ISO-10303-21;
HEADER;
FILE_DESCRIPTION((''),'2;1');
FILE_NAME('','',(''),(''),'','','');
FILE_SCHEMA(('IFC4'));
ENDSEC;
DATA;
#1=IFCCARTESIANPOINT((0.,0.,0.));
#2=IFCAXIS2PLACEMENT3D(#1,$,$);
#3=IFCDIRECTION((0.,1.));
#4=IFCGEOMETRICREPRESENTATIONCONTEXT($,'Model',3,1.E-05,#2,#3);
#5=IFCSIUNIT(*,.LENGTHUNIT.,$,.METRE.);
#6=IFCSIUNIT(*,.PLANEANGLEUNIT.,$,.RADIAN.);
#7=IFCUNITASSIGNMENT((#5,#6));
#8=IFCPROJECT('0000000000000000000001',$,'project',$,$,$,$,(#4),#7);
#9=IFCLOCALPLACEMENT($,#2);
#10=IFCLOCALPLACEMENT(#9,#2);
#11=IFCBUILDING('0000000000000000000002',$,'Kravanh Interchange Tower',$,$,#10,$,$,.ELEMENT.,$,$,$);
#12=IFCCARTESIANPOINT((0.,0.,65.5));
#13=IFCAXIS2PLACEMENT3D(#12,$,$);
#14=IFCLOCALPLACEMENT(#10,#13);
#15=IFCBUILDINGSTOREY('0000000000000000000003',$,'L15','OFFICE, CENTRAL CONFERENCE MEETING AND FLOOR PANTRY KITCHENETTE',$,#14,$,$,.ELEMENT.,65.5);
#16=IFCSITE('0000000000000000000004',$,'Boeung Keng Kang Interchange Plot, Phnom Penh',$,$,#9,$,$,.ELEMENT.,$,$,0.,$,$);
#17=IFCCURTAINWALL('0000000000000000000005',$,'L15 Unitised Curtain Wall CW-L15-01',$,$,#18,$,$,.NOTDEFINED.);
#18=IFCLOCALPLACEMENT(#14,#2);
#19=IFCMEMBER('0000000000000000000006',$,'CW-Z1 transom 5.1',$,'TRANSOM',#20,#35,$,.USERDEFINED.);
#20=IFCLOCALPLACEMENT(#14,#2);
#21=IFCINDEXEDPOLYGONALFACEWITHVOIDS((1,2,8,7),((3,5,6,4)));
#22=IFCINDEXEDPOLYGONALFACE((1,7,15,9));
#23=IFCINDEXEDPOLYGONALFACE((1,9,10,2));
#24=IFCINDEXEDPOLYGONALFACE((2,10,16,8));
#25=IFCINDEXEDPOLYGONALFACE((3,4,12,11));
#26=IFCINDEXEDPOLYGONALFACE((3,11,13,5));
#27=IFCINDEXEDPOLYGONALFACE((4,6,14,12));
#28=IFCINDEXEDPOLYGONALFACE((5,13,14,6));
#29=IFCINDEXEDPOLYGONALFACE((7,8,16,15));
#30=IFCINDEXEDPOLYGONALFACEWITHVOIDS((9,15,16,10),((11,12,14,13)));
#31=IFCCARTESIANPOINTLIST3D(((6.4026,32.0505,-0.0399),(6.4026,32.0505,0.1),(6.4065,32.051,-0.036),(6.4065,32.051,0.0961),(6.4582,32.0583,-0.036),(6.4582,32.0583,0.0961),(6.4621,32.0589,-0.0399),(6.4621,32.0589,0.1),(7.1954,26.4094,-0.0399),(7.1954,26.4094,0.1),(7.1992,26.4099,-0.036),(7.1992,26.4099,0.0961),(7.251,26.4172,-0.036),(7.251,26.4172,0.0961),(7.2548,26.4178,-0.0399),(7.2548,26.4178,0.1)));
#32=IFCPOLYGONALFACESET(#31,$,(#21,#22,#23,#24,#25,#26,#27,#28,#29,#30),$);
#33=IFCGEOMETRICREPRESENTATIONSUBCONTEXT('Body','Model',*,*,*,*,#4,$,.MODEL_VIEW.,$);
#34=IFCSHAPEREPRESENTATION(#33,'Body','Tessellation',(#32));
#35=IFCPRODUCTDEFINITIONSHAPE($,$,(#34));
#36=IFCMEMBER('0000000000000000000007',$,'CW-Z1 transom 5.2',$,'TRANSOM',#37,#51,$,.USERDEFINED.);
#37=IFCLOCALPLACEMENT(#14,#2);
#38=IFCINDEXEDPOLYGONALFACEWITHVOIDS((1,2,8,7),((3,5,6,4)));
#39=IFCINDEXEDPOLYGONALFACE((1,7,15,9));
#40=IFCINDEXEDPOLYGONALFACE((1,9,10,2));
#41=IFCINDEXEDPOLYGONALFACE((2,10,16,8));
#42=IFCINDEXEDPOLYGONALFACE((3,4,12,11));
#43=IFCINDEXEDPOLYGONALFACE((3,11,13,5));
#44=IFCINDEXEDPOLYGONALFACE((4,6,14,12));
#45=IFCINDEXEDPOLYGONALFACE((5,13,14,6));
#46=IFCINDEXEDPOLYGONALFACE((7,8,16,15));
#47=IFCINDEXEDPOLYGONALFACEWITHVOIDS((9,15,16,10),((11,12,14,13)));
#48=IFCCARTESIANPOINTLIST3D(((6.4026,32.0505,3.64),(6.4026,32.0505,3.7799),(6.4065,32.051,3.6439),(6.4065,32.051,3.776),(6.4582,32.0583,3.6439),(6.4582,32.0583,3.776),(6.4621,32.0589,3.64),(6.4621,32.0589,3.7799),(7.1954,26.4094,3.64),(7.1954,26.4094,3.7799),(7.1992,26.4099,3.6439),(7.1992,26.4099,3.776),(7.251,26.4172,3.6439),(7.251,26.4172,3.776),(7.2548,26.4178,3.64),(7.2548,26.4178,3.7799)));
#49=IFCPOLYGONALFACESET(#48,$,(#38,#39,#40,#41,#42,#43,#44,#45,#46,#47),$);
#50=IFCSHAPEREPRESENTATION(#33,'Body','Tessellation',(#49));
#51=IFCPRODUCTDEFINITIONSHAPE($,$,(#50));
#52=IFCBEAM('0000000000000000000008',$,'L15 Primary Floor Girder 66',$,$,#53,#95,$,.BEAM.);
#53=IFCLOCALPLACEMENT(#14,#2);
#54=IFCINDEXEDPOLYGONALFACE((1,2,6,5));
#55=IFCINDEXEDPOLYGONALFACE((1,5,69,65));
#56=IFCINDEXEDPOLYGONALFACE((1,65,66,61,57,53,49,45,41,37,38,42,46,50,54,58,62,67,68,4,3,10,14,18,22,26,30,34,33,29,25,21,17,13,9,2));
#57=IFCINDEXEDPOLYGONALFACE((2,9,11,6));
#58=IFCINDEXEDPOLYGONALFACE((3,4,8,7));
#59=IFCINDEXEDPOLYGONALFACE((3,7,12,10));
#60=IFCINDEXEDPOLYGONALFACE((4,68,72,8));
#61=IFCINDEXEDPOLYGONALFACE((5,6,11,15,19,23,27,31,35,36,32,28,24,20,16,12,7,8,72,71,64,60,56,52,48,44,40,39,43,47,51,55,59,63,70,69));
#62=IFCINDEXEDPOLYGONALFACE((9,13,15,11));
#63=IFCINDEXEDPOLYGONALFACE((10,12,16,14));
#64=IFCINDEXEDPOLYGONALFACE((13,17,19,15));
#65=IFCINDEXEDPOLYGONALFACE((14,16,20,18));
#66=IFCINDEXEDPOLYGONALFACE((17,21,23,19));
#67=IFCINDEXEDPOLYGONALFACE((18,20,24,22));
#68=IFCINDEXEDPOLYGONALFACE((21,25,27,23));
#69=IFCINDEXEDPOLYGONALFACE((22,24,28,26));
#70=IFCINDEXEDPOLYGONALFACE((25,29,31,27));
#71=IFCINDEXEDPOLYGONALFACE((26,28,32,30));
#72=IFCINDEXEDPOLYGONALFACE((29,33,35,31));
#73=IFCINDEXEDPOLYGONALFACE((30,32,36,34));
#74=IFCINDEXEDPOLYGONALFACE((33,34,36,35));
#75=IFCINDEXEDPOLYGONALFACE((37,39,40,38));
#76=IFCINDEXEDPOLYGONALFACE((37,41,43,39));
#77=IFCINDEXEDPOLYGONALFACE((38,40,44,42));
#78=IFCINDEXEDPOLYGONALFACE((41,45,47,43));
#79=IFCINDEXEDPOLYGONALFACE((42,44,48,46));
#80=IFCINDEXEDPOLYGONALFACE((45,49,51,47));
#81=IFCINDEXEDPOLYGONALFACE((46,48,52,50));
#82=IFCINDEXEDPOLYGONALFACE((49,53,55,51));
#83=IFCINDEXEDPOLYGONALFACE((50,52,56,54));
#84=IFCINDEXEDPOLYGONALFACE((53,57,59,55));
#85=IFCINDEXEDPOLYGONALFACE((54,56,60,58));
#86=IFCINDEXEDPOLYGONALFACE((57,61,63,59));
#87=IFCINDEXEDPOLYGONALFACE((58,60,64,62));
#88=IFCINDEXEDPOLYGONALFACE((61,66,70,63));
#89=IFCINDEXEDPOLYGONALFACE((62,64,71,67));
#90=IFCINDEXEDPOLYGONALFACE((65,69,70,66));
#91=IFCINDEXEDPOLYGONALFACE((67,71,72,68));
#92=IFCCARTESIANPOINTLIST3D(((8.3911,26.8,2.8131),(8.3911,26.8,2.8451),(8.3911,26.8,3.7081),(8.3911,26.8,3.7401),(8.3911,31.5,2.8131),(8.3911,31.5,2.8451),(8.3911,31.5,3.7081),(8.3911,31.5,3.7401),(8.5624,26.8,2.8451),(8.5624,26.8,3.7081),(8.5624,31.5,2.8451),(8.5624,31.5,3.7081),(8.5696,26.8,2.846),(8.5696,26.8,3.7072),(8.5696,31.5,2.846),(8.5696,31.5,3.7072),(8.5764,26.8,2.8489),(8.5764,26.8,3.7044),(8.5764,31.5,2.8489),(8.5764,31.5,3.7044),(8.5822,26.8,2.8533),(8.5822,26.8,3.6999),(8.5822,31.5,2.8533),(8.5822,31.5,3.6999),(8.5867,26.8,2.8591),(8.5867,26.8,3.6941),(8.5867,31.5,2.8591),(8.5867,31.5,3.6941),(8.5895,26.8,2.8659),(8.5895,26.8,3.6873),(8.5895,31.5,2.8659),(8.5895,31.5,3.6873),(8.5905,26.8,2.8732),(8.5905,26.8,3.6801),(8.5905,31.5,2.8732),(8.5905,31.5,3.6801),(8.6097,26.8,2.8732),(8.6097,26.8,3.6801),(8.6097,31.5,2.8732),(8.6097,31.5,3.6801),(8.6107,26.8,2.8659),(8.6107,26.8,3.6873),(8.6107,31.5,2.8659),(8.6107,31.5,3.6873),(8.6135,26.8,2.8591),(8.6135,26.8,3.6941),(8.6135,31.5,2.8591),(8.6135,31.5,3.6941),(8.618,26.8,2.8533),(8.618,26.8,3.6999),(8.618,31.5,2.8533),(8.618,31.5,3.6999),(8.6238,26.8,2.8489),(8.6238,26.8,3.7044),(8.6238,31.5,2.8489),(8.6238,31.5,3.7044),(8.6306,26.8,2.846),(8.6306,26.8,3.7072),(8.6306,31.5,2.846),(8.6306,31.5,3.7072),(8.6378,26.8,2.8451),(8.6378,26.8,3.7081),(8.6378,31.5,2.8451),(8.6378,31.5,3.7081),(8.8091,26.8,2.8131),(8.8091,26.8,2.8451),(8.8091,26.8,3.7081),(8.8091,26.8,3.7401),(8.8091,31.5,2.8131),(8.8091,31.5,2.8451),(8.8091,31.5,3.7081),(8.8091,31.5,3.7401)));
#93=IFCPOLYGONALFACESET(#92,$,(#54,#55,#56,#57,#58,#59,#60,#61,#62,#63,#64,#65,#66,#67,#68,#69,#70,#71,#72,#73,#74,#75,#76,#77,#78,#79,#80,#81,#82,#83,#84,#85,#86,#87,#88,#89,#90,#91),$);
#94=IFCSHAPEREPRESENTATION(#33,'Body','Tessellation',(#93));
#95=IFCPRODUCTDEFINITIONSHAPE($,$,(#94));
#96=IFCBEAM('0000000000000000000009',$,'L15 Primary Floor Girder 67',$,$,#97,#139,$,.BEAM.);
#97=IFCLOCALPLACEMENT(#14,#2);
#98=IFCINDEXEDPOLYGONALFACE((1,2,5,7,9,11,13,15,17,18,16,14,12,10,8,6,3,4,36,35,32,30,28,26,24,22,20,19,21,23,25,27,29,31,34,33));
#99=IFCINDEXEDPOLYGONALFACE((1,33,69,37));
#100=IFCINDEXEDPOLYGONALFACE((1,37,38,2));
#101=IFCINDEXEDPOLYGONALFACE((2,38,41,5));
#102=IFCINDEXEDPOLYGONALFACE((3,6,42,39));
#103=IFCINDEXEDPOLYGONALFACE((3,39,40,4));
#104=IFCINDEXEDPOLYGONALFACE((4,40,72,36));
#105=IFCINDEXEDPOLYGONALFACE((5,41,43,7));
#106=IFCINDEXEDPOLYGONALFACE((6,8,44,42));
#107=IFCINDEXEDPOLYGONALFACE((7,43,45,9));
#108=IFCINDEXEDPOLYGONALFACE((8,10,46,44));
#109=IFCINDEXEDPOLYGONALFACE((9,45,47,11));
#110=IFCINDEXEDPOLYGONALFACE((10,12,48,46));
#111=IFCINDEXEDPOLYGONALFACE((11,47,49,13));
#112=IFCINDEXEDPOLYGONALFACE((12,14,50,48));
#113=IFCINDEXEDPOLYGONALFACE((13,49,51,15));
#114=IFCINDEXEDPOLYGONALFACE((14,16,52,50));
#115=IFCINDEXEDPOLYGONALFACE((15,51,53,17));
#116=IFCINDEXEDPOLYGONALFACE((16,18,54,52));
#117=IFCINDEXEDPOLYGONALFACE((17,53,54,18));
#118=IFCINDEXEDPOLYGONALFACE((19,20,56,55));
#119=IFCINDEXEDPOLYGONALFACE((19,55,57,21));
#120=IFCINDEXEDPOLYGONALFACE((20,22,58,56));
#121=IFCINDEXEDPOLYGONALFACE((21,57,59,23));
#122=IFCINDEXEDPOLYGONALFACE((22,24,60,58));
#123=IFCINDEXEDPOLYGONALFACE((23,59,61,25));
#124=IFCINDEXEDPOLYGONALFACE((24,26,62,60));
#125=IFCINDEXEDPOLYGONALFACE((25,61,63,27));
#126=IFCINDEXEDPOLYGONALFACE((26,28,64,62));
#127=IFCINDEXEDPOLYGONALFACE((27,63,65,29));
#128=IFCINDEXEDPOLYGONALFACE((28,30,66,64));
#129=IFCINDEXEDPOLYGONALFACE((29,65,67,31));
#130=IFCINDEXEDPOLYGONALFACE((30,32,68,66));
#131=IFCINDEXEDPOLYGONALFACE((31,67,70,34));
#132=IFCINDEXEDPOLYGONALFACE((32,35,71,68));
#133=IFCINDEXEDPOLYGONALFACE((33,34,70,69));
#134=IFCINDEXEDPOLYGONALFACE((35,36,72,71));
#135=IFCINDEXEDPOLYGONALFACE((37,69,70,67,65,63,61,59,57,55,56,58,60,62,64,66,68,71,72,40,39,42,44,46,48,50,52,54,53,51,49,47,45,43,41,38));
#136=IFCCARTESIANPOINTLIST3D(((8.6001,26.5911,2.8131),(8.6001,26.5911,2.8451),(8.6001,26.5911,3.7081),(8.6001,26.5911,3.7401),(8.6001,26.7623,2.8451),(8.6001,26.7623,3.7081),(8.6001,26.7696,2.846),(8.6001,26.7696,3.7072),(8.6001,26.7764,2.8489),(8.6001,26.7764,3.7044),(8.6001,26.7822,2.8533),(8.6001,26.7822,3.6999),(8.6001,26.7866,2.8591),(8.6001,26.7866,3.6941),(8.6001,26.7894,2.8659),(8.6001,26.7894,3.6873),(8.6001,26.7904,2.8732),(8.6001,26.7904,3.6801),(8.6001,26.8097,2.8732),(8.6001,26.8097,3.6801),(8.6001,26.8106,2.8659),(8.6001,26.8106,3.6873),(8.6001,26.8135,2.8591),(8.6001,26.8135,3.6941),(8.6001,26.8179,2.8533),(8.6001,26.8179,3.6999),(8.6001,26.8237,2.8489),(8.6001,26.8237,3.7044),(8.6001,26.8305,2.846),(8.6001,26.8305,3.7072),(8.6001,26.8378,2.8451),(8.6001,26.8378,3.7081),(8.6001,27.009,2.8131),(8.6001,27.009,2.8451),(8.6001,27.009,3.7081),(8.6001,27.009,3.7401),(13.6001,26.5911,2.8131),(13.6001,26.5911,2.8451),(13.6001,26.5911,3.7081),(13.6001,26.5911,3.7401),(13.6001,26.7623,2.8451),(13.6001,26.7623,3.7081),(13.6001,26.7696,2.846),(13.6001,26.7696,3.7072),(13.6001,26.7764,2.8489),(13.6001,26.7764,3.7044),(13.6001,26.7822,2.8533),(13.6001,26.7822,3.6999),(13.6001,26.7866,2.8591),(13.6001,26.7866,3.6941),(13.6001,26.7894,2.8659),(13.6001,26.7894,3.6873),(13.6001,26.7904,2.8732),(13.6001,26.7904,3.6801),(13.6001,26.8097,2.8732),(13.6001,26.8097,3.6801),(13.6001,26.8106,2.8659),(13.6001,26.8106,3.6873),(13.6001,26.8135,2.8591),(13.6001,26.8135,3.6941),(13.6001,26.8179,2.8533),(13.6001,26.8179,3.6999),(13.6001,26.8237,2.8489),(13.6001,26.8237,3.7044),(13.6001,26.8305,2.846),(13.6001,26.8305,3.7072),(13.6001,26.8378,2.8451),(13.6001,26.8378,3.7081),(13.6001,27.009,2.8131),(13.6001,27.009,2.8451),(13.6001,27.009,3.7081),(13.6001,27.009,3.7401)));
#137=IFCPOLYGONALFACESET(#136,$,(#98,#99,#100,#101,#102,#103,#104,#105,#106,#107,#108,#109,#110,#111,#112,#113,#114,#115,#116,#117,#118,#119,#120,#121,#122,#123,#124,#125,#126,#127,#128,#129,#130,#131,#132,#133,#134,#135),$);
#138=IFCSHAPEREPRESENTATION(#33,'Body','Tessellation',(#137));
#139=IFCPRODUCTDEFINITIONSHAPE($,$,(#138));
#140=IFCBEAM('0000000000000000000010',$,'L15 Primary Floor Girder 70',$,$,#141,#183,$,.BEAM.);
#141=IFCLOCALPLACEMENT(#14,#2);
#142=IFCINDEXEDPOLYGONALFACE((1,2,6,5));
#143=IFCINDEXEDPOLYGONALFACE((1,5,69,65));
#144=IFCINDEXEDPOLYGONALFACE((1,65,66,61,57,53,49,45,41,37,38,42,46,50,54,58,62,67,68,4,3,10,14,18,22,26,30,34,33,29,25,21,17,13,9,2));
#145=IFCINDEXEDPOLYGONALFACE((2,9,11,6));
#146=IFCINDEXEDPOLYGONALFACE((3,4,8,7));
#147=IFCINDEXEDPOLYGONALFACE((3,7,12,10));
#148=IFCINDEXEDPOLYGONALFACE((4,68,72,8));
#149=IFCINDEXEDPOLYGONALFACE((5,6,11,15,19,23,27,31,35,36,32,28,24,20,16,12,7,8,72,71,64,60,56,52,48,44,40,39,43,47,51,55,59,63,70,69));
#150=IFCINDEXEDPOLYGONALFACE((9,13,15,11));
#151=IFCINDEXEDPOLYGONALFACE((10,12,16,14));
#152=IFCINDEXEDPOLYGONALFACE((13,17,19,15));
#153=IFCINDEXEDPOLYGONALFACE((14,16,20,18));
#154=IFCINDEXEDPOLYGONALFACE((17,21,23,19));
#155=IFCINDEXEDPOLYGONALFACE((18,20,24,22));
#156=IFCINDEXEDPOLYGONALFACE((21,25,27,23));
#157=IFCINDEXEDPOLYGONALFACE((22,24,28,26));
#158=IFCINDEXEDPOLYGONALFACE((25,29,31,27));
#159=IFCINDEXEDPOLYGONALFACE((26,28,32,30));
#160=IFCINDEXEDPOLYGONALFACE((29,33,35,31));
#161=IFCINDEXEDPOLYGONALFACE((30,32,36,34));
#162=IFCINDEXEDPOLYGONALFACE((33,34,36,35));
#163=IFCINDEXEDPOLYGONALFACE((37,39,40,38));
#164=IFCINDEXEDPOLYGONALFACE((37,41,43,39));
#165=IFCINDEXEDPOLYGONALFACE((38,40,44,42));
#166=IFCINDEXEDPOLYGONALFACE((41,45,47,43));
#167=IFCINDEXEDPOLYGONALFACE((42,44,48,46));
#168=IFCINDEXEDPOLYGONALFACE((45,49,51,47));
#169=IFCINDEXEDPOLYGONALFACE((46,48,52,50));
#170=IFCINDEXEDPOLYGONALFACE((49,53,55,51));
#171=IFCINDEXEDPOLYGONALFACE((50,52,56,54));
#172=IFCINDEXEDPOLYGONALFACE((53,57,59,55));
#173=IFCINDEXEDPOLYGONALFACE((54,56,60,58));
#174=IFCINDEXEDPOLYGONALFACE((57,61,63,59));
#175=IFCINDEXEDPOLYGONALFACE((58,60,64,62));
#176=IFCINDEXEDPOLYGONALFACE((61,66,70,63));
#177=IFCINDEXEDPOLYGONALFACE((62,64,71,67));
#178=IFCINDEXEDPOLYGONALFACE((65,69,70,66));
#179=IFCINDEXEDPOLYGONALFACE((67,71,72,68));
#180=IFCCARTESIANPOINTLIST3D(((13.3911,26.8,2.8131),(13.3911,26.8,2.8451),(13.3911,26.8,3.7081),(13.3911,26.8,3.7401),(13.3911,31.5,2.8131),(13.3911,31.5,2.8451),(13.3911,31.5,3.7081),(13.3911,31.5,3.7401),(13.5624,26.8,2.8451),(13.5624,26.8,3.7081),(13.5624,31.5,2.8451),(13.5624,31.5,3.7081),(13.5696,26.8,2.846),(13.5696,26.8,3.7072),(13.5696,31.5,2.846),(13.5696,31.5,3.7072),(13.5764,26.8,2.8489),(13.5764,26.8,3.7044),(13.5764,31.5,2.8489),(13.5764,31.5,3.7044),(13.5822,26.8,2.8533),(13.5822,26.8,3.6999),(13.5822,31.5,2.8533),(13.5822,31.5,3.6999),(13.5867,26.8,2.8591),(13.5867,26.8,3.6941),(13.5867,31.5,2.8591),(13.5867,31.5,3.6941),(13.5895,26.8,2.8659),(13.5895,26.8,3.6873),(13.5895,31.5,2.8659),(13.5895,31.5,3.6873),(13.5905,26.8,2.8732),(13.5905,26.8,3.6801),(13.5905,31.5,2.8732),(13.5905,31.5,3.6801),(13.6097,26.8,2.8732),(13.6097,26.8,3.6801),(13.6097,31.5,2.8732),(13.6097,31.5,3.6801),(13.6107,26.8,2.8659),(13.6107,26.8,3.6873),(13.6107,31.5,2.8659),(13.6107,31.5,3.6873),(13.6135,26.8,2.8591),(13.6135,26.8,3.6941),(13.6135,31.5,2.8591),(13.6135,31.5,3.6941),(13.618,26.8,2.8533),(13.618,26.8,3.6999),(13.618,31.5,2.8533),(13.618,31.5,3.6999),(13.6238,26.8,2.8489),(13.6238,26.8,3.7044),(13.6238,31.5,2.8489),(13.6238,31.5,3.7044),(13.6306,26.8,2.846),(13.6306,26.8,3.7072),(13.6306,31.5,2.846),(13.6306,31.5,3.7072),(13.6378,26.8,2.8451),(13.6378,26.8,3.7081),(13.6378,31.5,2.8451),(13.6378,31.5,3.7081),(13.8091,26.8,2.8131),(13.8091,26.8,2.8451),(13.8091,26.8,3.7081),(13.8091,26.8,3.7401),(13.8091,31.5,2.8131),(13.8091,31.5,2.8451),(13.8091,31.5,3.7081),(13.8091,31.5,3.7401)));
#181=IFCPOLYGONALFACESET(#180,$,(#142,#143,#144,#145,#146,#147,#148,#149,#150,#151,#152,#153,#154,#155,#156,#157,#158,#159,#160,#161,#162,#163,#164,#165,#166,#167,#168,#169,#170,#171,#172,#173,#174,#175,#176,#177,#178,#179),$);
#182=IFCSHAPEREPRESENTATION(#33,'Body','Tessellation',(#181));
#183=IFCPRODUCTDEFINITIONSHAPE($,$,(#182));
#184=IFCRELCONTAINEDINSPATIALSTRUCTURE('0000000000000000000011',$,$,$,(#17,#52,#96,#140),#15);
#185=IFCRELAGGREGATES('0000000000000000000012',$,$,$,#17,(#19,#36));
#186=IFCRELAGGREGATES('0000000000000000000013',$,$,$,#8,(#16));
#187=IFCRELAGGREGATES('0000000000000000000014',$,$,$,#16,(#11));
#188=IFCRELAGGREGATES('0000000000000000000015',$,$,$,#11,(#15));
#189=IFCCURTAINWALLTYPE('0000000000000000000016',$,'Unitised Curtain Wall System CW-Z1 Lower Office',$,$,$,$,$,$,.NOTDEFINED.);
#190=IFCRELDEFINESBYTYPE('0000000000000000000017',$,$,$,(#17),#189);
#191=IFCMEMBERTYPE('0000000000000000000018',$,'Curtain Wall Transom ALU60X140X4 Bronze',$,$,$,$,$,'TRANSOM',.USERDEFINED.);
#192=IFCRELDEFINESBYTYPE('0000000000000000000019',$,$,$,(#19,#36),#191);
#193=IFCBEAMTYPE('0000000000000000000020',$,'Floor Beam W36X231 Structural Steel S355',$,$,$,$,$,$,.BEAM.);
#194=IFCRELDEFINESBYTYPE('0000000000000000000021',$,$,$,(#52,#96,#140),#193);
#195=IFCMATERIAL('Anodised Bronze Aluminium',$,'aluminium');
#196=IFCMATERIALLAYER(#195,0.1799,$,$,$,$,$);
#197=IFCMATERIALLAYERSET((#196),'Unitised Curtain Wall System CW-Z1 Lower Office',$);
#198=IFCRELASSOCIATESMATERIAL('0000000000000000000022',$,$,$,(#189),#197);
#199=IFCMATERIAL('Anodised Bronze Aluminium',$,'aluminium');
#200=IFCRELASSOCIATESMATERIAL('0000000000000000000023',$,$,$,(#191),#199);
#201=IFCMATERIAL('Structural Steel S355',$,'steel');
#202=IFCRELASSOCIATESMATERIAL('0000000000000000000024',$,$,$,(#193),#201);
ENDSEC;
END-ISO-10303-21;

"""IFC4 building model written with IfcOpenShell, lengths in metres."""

from ifc_helpers import new_model, si_unit, direction, frame, origin, origin_2d, place, context, subcontext, project, spatial, hollow_rectangle, i_section, extrude, material, layer, layer_set, material_profile, profile_set, type_object, element, aggregate, save


model = new_model("IFC4")

# Units and contexts
model_context = context("Model", 3, precision=1e-05, world=origin(), true_north=direction((0.0, 1.0)))
body_context = subcontext(model_context, "Body", "Model", "MODEL_VIEW")
ifc_project = project(units=[si_unit("LENGTHUNIT", "METRE"), si_unit("PLANEANGLEUNIT", "RADIAN")], contexts=[model_context])

# Site, building, storey
site_placement = place(None, origin())
site = spatial("IfcSite", under=ifc_project, at=site_placement, Name="Boeung Keng Kang Interchange Plot, Phnom Penh", CompositionType="ELEMENT", RefElevation=0.0)
building_placement = place(site_placement, origin())
building = spatial("IfcBuilding", under=site, at=building_placement, Name="Kravanh Interchange Tower", CompositionType="ELEMENT")
storey_placement = place(building_placement, frame((0.0, 0.0, 65.5)))
storey = spatial("IfcBuildingStorey", under=building, at=storey_placement, Name="L15", Description="OFFICE, CENTRAL CONFERENCE MEETING AND FLOOR PANTRY KITCHENETTE", CompositionType="ELEMENT", Elevation=65.5)

# Curtain wall, members
ifc_material_1 = material(Name="Anodised Bronze Aluminium", Category="aluminium")
ifc_layer_1 = layer(ifc_material_1, 0.1799)
ifc_layer_set_1 = layer_set([ifc_layer_1], Name="Unitised Curtain Wall System CW-Z1 Lower Office")
curtain_wall_type = type_object("IfcCurtainWallType", Name="Unitised Curtain Wall System CW-Z1 Lower Office", PredefinedType="NOTDEFINED", material=ifc_layer_set_1)
curtain_wall_placement = place(storey_placement, origin())
curtain_wall = element("IfcCurtainWall", 1, at=curtain_wall_placement, inside=storey, type_object=curtain_wall_type, Name="L15 Unitised Curtain Wall CW-L15-01", PredefinedType="NOTDEFINED")
ifc_material_2 = material(Name="Anodised Bronze Aluminium", Category="aluminium")
ifc_material_profile_1 = material_profile(ifc_material_2, hollow_rectangle(XDim=0.0601, YDim=0.1399, WallThickness=0.0039, at=origin_2d()), Name="ALU60X140X4")
ifc_profile_set_1 = profile_set([ifc_material_profile_1], Name="Anodised Bronze Aluminium")
member_type_1 = type_object("IfcMemberType", Name="Curtain Wall Transom ALU60X140X4 Bronze", ElementType="TRANSOM", PredefinedType="USERDEFINED", material=ifc_profile_set_1)
member_1_placement = place(storey_placement, frame((7.2251, 26.4136, 0.03), z_axis=(-0.139159, 0.99027, 0.0), x_axis=(-0.99027, -0.139159, 0.0)))
member_1 = element("IfcMember", 2, at=member_1_placement, type_object=member_type_1, Name="CW-Z1 transom 5.1", ObjectType="TRANSOM", PredefinedType="USERDEFINED", context=body_context, shape_type="SweptSolid", body=[
    extrude(hollow_rectangle(XDim=0.0601, YDim=0.1399, WallThickness=0.0039, at=origin_2d()), origin(), (0.0, 0.0, 1.0), 5.6965),
])
member_2_placement = place(storey_placement, frame((7.2251, 26.4136, 3.71), z_axis=(-0.139159, 0.99027, 0.0), x_axis=(-0.99027, -0.139159, 0.0)))
member_2 = element("IfcMember", 3, at=member_2_placement, type_object=member_type_1, Name="CW-Z1 transom 5.2", ObjectType="TRANSOM", PredefinedType="USERDEFINED", context=body_context, shape_type="SweptSolid", body=[
    extrude(hollow_rectangle(XDim=0.0601, YDim=0.1399, WallThickness=0.0039, at=origin_2d()), origin(), (0.0, 0.0, 1.0), 5.6965),
])

# Beams
ifc_material_3 = material(Name="Structural Steel S355", Category="steel")
ifc_material_profile_2 = material_profile(ifc_material_3, i_section(OverallWidth=0.418, OverallDepth=0.927, WebThickness=0.0193, FlangeThickness=0.032, FilletRadius=0.0281, at=origin_2d()), Name="W36X231")
ifc_profile_set_2 = profile_set([ifc_material_profile_2], Name="Structural Steel S355")
beam_type_1 = type_object("IfcBeamType", Name="Floor Beam W36X231 Structural Steel S355", PredefinedType="BEAM", material=ifc_profile_set_2)
beam_1_placement = place(storey_placement, frame((8.6001, 26.8, 3.2766), z_axis=(0.0, 1.0, 0.0), x_axis=(-1.0, 0.0, 0.0)))
element("IfcBeam", 4, at=beam_1_placement, inside=storey, type_object=beam_type_1, Name="L15 Primary Floor Girder 66", PredefinedType="BEAM", context=body_context, shape_type="SweptSolid", body=[
    extrude(i_section(OverallWidth=0.418, OverallDepth=0.927, WebThickness=0.0193, FlangeThickness=0.032, FilletRadius=0.0281, at=origin_2d()), origin(), (0.0, 0.0, 1.0), 4.7),
])
beam_2_placement = place(storey_placement, frame((8.6001, 26.8, 3.2766), z_axis=(1.0, 0.0, 0.0), x_axis=(0.0, 1.0, 0.0)))
element("IfcBeam", 5, at=beam_2_placement, inside=storey, type_object=beam_type_1, Name="L15 Primary Floor Girder 67", PredefinedType="BEAM", context=body_context, shape_type="SweptSolid", body=[
    extrude(i_section(OverallWidth=0.418, OverallDepth=0.927, WebThickness=0.0193, FlangeThickness=0.032, FilletRadius=0.0281, at=origin_2d()), origin(), (0.0, 0.0, 1.0), 5.0),
])
beam_3_placement = place(storey_placement, frame((13.6001, 26.8, 3.2766), z_axis=(0.0, 1.0, 0.0), x_axis=(-1.0, 0.0, 0.0)))
element("IfcBeam", 6, at=beam_3_placement, inside=storey, type_object=beam_type_1, Name="L15 Primary Floor Girder 70", PredefinedType="BEAM", context=body_context, shape_type="SweptSolid", body=[
    extrude(i_section(OverallWidth=0.418, OverallDepth=0.927, WebThickness=0.0193, FlangeThickness=0.032, FilletRadius=0.0281, at=origin_2d()), origin(), (0.0, 0.0, 1.0), 4.7),
])

aggregate(curtain_wall, [member_1, member_2])

save(model, "model.ifc")
